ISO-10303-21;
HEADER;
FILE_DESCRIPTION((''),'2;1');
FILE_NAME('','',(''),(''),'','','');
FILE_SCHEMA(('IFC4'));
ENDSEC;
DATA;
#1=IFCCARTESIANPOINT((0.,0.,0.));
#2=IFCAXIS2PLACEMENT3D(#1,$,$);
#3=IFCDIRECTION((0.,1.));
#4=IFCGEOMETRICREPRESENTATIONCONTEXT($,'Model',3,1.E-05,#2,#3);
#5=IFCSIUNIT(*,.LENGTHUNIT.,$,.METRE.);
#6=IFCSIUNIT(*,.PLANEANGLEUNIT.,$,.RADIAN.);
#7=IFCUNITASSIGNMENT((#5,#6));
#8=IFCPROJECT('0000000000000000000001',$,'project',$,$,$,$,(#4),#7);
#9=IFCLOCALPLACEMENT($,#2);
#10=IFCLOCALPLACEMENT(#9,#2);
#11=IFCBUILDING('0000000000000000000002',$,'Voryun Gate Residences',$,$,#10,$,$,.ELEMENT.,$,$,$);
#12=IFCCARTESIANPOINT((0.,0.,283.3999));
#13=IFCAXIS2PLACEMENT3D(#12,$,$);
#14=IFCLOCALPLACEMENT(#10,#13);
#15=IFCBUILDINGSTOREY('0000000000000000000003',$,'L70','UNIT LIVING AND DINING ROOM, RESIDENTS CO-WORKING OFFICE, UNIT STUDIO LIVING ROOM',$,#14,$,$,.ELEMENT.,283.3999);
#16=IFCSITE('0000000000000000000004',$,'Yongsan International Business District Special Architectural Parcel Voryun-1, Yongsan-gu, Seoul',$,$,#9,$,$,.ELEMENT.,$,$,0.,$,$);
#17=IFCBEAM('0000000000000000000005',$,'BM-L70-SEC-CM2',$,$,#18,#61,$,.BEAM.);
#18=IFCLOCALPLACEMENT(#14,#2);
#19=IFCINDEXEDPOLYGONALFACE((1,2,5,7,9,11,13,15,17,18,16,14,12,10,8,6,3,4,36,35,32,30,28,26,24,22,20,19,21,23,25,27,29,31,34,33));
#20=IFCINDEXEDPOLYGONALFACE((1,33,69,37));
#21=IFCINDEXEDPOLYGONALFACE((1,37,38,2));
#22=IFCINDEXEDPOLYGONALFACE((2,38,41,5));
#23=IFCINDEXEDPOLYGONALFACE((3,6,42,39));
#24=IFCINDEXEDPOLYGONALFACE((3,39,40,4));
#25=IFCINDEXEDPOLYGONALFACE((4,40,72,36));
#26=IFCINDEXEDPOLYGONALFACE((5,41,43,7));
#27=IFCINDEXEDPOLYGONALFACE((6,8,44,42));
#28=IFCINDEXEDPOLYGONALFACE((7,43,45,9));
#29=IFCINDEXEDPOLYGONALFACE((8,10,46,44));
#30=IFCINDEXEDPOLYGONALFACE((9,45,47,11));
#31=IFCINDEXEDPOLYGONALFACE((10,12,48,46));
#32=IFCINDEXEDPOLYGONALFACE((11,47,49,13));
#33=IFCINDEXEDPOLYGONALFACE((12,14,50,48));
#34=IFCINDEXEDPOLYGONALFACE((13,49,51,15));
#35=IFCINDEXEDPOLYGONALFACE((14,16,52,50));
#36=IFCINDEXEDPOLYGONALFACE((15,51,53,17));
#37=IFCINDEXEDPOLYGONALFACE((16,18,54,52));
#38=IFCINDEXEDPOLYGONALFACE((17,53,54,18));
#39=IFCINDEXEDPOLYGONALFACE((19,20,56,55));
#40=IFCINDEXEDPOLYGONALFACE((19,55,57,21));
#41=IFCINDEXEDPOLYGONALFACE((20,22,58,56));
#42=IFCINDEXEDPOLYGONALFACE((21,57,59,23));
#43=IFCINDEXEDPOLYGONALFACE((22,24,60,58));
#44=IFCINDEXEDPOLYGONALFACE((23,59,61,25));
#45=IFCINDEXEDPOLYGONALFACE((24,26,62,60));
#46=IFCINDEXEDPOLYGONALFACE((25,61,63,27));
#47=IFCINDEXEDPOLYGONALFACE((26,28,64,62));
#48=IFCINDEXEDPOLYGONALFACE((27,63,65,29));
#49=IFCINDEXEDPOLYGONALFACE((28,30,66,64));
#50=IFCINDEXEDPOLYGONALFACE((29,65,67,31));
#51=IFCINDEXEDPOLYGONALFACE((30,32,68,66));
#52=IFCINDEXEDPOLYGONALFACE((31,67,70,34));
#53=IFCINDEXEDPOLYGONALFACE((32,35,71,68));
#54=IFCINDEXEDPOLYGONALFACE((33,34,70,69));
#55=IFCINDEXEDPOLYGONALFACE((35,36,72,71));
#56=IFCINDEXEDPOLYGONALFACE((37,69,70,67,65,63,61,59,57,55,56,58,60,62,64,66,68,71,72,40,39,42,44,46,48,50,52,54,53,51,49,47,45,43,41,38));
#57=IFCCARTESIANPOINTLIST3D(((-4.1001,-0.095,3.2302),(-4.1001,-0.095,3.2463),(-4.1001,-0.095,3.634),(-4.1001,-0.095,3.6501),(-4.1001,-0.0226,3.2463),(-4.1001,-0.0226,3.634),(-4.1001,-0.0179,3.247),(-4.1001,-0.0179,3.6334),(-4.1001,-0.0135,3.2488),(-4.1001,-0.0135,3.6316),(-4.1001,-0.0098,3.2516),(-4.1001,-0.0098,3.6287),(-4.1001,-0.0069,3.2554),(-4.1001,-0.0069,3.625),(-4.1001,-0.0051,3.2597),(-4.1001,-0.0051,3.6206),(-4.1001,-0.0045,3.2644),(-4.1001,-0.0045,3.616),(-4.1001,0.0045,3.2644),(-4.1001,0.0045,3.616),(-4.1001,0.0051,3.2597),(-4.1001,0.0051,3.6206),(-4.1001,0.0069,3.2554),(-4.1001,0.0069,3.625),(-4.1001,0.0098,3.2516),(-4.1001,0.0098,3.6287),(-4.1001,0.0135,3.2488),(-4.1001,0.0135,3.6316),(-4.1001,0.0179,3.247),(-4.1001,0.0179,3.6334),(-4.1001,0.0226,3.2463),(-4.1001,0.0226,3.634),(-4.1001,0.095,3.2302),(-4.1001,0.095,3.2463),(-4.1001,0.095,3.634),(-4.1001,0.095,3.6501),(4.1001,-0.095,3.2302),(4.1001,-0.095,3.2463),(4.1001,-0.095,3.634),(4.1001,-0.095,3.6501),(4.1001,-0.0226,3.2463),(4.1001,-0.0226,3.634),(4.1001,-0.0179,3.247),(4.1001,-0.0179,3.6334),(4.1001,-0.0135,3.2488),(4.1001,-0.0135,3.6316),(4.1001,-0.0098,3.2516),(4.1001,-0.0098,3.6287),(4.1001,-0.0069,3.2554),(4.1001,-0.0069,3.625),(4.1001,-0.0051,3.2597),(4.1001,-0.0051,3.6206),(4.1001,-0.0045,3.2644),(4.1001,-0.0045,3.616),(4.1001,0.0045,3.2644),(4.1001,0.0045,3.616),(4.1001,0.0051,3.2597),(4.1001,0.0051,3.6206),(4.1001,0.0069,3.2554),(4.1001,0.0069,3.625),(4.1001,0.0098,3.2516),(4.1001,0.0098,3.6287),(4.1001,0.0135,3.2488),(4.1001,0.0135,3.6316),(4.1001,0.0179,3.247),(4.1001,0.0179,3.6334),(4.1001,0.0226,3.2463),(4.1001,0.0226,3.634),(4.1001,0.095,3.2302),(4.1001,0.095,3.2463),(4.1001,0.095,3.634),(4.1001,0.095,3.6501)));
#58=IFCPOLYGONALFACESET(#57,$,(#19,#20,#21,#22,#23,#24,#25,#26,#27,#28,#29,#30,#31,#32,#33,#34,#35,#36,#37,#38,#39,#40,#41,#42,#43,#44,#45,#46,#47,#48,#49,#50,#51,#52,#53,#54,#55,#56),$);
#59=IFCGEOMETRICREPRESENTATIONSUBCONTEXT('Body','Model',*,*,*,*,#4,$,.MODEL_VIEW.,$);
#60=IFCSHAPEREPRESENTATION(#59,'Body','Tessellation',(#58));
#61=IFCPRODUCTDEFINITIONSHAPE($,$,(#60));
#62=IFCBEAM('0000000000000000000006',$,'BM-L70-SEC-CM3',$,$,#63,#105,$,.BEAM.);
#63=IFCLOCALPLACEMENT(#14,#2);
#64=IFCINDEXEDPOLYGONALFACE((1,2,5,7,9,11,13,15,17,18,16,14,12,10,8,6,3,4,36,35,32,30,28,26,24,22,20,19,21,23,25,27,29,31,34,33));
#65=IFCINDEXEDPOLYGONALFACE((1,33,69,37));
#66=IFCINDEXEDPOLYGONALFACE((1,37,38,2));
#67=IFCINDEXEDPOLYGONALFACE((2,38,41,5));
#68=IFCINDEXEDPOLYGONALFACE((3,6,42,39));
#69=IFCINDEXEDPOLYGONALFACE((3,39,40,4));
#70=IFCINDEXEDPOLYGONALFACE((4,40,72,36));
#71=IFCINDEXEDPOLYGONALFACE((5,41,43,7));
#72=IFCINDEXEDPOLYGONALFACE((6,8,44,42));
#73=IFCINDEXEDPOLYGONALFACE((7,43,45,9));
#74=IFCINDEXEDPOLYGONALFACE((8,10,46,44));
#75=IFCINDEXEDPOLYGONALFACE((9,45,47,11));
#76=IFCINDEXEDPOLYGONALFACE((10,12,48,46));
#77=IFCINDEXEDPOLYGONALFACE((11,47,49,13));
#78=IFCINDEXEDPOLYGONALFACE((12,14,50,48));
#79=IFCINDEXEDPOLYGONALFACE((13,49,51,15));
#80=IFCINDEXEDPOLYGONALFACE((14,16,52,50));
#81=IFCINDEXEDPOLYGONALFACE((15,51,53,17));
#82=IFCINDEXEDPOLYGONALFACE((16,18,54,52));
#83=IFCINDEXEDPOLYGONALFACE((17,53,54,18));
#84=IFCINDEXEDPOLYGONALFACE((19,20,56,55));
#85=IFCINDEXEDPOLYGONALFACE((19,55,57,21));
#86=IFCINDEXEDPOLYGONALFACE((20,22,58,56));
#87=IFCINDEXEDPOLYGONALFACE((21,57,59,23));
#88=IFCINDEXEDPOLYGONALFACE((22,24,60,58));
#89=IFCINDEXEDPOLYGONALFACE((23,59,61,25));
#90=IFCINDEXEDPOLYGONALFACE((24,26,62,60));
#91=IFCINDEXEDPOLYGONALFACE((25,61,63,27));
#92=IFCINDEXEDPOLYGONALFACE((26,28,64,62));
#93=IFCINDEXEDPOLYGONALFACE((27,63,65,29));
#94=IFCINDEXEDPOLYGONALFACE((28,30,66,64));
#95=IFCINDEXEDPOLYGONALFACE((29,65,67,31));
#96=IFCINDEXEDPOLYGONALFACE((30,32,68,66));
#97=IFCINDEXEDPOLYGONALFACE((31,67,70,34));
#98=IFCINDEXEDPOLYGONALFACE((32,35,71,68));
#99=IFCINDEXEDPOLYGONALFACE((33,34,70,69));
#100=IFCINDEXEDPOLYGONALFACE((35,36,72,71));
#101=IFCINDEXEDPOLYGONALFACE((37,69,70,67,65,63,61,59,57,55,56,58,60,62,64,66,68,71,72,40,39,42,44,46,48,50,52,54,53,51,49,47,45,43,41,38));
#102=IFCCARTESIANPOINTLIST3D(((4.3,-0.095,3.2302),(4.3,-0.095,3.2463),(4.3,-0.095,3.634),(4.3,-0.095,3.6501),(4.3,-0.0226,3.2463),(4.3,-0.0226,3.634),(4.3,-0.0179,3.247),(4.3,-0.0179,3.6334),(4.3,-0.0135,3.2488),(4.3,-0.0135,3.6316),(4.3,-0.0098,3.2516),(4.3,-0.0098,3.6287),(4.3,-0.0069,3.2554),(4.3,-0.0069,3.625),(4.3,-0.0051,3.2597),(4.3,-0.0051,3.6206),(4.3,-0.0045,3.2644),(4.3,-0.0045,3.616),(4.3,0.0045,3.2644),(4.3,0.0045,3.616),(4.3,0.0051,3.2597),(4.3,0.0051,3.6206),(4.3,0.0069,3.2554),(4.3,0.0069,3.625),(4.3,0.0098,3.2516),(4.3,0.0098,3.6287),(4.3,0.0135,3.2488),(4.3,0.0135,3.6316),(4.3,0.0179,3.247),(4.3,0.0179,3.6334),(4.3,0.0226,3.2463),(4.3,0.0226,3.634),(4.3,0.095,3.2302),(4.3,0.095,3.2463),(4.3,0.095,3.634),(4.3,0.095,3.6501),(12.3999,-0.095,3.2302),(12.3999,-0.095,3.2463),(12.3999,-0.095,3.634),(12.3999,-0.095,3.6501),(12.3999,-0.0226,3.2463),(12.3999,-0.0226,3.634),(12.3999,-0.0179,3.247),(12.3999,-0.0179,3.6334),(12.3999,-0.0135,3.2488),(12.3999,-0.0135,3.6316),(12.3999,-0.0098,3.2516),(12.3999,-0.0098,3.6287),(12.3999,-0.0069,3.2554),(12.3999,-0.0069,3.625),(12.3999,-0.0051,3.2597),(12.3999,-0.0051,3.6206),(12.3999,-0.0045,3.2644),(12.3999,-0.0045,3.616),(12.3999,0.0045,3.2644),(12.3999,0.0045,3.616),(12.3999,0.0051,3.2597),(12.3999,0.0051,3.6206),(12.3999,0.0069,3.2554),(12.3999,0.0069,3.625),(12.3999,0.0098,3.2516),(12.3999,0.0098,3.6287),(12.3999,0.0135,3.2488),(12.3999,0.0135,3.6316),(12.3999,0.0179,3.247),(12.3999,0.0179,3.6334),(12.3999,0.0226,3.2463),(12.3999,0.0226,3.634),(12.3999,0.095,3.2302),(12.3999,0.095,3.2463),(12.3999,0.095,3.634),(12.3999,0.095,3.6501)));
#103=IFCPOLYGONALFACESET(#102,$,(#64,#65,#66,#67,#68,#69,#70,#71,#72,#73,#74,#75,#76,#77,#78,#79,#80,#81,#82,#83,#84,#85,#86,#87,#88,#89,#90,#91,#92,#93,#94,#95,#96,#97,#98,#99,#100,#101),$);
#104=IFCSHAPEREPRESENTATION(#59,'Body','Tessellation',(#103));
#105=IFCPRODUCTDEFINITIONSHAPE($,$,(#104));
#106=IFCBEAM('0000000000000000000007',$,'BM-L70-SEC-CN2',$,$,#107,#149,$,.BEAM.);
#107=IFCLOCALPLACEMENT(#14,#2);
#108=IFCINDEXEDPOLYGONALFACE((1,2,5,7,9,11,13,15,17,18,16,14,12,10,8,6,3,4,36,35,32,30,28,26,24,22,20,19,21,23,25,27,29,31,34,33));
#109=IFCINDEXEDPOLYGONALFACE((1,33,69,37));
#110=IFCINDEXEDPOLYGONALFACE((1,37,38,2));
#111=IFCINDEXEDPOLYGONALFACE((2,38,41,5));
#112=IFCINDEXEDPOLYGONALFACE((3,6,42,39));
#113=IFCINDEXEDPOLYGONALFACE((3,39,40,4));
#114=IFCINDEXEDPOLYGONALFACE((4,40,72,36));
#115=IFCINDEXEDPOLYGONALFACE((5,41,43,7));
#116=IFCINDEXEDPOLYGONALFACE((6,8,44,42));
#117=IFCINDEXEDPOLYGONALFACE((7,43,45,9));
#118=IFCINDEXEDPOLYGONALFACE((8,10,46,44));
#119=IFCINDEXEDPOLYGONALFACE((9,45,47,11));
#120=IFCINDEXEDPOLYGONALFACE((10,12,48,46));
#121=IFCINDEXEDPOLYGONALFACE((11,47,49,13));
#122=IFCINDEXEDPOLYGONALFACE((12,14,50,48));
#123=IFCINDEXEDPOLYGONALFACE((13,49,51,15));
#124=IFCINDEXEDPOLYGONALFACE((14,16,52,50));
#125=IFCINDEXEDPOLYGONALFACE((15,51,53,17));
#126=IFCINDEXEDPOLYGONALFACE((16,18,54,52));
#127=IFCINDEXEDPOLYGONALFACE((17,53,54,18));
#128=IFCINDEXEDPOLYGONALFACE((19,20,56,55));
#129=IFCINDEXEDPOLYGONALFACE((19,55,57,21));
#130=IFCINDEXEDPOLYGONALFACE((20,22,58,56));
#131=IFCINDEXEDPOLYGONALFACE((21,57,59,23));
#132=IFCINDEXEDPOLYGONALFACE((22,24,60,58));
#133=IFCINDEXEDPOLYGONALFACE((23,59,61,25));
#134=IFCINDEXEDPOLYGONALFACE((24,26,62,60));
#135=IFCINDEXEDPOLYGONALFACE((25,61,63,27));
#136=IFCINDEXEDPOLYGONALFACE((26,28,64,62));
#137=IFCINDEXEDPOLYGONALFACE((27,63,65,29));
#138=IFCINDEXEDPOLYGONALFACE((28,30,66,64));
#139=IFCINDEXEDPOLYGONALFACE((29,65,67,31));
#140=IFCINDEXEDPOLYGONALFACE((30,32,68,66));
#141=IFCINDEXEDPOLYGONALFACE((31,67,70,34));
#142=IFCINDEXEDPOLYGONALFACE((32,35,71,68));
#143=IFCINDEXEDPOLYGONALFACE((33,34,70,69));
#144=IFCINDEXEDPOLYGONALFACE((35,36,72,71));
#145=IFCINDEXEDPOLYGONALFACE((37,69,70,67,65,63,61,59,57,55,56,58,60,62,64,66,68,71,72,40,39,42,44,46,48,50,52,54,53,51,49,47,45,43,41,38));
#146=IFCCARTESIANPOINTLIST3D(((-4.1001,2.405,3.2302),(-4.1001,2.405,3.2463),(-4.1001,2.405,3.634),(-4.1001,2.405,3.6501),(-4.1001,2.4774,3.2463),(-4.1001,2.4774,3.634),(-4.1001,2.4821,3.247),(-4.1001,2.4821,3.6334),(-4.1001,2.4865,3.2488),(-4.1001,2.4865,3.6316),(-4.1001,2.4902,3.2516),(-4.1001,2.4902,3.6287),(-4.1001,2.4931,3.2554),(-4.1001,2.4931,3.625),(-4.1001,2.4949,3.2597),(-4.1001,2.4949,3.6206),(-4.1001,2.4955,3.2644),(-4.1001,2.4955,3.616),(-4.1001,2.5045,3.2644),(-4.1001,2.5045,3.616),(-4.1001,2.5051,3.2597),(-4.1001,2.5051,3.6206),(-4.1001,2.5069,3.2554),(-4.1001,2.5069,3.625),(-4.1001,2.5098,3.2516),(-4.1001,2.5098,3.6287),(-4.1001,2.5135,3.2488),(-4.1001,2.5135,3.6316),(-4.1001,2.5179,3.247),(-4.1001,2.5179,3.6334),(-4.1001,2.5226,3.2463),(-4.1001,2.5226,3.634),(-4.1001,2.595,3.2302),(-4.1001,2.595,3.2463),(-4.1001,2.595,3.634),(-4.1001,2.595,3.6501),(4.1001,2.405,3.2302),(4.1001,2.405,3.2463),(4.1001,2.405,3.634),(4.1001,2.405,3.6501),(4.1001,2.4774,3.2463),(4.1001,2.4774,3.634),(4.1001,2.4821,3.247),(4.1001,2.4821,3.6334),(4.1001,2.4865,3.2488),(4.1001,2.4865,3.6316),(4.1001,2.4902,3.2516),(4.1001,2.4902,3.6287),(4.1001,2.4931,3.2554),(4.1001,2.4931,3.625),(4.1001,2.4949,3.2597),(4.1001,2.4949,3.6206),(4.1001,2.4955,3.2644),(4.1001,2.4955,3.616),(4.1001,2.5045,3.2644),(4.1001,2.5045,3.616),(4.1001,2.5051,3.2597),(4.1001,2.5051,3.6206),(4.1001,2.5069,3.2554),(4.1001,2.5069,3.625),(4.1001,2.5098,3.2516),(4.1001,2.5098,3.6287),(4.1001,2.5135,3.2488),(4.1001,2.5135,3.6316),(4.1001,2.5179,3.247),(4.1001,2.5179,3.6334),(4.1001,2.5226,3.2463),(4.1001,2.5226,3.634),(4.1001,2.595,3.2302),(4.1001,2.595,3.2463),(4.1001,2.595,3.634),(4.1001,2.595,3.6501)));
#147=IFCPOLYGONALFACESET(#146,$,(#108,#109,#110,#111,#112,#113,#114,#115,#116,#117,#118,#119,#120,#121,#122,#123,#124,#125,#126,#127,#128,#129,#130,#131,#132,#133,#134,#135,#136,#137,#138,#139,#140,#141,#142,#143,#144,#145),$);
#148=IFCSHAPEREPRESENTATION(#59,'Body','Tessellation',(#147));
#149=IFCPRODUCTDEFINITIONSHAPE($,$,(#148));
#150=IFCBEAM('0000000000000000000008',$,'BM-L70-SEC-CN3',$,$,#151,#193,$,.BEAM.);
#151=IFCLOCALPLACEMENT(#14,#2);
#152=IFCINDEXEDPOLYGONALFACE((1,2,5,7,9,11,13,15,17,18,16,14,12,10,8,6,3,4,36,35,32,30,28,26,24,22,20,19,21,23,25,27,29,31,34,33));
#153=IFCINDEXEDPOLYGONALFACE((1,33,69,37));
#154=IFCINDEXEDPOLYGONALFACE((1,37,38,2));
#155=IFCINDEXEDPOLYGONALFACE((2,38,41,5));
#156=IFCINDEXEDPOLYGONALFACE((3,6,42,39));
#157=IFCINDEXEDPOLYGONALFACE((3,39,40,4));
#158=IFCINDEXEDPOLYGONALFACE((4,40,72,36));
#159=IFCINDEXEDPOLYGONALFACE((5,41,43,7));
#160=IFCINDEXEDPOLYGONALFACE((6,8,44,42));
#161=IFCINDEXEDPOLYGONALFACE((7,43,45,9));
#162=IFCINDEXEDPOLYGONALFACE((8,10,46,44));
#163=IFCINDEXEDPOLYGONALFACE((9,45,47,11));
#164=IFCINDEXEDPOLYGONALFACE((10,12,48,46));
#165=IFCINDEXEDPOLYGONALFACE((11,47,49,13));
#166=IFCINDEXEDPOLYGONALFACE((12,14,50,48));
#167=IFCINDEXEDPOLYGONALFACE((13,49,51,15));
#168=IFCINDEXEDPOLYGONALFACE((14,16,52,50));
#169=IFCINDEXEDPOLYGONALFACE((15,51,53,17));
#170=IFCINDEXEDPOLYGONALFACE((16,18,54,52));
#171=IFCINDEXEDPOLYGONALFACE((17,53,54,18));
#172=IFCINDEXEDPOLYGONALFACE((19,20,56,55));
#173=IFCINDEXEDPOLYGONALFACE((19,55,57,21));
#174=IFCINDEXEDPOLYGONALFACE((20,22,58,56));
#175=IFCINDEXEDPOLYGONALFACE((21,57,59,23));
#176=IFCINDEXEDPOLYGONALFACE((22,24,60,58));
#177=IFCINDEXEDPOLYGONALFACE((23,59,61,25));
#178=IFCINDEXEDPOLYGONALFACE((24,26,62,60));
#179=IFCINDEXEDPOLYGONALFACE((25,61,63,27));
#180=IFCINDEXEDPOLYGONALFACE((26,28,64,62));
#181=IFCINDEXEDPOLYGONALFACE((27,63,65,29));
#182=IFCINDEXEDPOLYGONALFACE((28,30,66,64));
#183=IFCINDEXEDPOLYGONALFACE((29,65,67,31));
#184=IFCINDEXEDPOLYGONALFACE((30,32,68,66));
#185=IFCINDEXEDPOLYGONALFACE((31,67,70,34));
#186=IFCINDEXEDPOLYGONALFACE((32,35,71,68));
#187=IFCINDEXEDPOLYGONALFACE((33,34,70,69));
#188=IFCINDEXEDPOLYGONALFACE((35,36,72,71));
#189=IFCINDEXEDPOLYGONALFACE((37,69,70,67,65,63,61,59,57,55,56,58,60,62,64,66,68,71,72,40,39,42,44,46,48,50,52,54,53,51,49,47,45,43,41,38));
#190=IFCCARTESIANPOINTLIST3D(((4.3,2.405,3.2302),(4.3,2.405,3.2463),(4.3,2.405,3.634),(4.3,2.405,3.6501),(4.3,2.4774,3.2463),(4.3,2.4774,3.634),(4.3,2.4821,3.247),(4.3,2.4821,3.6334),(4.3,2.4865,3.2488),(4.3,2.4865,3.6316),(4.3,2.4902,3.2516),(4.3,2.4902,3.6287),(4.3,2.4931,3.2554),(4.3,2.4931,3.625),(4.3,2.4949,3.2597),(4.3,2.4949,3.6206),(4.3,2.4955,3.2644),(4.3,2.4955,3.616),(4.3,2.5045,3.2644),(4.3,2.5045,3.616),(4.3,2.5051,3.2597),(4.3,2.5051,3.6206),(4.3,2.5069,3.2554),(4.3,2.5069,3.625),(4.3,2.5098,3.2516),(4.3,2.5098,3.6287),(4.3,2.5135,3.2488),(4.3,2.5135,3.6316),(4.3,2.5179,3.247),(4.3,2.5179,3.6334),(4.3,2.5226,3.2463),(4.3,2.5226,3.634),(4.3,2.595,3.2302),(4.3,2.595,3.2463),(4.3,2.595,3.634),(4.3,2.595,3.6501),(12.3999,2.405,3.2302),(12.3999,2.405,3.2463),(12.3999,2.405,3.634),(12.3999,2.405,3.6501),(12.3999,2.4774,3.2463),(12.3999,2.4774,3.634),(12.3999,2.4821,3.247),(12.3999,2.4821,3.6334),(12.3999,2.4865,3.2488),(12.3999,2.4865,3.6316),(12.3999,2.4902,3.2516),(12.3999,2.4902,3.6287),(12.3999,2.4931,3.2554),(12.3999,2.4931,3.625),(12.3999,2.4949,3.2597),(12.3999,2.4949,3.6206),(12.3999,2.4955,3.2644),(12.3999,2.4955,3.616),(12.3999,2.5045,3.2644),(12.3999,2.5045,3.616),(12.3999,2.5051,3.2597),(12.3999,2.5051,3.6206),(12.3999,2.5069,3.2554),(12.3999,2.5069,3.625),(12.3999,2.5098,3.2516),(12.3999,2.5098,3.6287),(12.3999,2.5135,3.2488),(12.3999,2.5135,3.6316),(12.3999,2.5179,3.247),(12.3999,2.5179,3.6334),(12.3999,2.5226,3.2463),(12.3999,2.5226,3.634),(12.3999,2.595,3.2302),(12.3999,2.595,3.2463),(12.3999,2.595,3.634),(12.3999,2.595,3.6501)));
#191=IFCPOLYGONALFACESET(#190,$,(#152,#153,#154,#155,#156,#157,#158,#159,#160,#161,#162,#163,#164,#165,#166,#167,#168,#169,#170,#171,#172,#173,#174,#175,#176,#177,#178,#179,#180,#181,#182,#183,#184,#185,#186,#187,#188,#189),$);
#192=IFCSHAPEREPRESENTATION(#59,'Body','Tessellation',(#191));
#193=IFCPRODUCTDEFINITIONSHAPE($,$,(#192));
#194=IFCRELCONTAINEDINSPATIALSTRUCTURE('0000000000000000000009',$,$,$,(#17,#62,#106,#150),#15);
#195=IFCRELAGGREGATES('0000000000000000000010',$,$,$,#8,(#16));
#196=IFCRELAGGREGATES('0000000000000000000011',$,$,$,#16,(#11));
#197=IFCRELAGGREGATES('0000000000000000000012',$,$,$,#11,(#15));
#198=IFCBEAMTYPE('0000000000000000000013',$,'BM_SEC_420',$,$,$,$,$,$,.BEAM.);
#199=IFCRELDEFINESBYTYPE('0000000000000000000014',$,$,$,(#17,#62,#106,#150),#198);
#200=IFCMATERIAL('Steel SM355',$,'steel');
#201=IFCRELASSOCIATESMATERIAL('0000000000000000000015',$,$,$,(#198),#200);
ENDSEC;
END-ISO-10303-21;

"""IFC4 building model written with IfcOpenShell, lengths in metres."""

from ifc_helpers import new_model, si_unit, direction, frame, origin, origin_2d, place, context, subcontext, project, spatial, i_section, extrude, material, material_profile, profile_set, type_object, element, save


model = new_model("IFC4")

# Units and contexts
model_context = context("Model", 3, precision=1e-05, world=origin(), true_north=direction((0.0, 1.0)))
body_context = subcontext(model_context, "Body", "Model", "MODEL_VIEW")
ifc_project = project(units=[si_unit("LENGTHUNIT", "METRE"), si_unit("PLANEANGLEUNIT", "RADIAN")], contexts=[model_context])

# Site, building, storey
site_placement = place(None, origin())
site = spatial("IfcSite", under=ifc_project, at=site_placement, Name="Yongsan International Business District Special Architectural Parcel Voryun-1, Yongsan-gu, Seoul", CompositionType="ELEMENT", RefElevation=0.0)
building_placement = place(site_placement, origin())
building = spatial("IfcBuilding", under=site, at=building_placement, Name="Voryun Gate Residences", CompositionType="ELEMENT")
storey_placement = place(building_placement, frame((0.0, 0.0, 283.3999)))
storey = spatial("IfcBuildingStorey", under=building, at=storey_placement, Name="L70", Description="UNIT LIVING AND DINING ROOM, RESIDENTS CO-WORKING OFFICE, UNIT STUDIO LIVING ROOM", CompositionType="ELEMENT", Elevation=283.3999)

# Beams
ifc_material_1 = material(Name="Steel SM355", Category="steel")
ifc_material_profile_1 = material_profile(ifc_material_1, i_section(OverallWidth=0.1899, OverallDepth=0.4199, WebThickness=0.009, FlangeThickness=0.0161, FilletRadius=0.0181, at=origin_2d()), Name="H-420x190x9x16")
ifc_profile_set_1 = profile_set([ifc_material_profile_1], Name="Steel SM355")
beam_type_1 = type_object("IfcBeamType", Name="BM_SEC_420", PredefinedType="BEAM", material=ifc_profile_set_1)
beam_1_placement = place(storey_placement, frame((-4.1001, 0.0, 3.4402), z_axis=(1.0, 0.0, 0.0), x_axis=(0.0, 1.0, 0.0)))
element("IfcBeam", 1, at=beam_1_placement, inside=storey, type_object=beam_type_1, Name="BM-L70-SEC-CM2", PredefinedType="BEAM", context=body_context, shape_type="SweptSolid", body=[
    extrude(i_section(OverallWidth=0.1899, OverallDepth=0.4199, WebThickness=0.009, FlangeThickness=0.0161, FilletRadius=0.0181, at=origin_2d()), origin(), (0.0, 0.0, 1.0), 8.2002),
])
beam_2_placement = place(storey_placement, frame((4.3, 0.0, 3.4402), z_axis=(1.0, 0.0, 0.0), x_axis=(0.0, 1.0, 0.0)))
element("IfcBeam", 2, at=beam_2_placement, inside=storey, type_object=beam_type_1, Name="BM-L70-SEC-CM3", PredefinedType="BEAM", context=body_context, shape_type="SweptSolid", body=[
    extrude(i_section(OverallWidth=0.1899, OverallDepth=0.4199, WebThickness=0.009, FlangeThickness=0.0161, FilletRadius=0.0181, at=origin_2d()), origin(), (0.0, 0.0, 1.0), 8.0999),
])
beam_3_placement = place(storey_placement, frame((-4.1001, 2.5, 3.4402), z_axis=(1.0, 0.0, 0.0), x_axis=(0.0, 1.0, 0.0)))
element("IfcBeam", 3, at=beam_3_placement, inside=storey, type_object=beam_type_1, Name="BM-L70-SEC-CN2", PredefinedType="BEAM", context=body_context, shape_type="SweptSolid", body=[
    extrude(i_section(OverallWidth=0.1899, OverallDepth=0.4199, WebThickness=0.009, FlangeThickness=0.0161, FilletRadius=0.0181, at=origin_2d()), origin(), (0.0, 0.0, 1.0), 8.2002),
])
beam_4_placement = place(storey_placement, frame((4.3, 2.5, 3.4402), z_axis=(1.0, 0.0, 0.0), x_axis=(0.0, 1.0, 0.0)))
element("IfcBeam", 4, at=beam_4_placement, inside=storey, type_object=beam_type_1, Name="BM-L70-SEC-CN3", PredefinedType="BEAM", context=body_context, shape_type="SweptSolid", body=[
    extrude(i_section(OverallWidth=0.1899, OverallDepth=0.4199, WebThickness=0.009, FlangeThickness=0.0161, FilletRadius=0.0181, at=origin_2d()), origin(), (0.0, 0.0, 1.0), 8.0999),
])

save(model, "model.ifc")
